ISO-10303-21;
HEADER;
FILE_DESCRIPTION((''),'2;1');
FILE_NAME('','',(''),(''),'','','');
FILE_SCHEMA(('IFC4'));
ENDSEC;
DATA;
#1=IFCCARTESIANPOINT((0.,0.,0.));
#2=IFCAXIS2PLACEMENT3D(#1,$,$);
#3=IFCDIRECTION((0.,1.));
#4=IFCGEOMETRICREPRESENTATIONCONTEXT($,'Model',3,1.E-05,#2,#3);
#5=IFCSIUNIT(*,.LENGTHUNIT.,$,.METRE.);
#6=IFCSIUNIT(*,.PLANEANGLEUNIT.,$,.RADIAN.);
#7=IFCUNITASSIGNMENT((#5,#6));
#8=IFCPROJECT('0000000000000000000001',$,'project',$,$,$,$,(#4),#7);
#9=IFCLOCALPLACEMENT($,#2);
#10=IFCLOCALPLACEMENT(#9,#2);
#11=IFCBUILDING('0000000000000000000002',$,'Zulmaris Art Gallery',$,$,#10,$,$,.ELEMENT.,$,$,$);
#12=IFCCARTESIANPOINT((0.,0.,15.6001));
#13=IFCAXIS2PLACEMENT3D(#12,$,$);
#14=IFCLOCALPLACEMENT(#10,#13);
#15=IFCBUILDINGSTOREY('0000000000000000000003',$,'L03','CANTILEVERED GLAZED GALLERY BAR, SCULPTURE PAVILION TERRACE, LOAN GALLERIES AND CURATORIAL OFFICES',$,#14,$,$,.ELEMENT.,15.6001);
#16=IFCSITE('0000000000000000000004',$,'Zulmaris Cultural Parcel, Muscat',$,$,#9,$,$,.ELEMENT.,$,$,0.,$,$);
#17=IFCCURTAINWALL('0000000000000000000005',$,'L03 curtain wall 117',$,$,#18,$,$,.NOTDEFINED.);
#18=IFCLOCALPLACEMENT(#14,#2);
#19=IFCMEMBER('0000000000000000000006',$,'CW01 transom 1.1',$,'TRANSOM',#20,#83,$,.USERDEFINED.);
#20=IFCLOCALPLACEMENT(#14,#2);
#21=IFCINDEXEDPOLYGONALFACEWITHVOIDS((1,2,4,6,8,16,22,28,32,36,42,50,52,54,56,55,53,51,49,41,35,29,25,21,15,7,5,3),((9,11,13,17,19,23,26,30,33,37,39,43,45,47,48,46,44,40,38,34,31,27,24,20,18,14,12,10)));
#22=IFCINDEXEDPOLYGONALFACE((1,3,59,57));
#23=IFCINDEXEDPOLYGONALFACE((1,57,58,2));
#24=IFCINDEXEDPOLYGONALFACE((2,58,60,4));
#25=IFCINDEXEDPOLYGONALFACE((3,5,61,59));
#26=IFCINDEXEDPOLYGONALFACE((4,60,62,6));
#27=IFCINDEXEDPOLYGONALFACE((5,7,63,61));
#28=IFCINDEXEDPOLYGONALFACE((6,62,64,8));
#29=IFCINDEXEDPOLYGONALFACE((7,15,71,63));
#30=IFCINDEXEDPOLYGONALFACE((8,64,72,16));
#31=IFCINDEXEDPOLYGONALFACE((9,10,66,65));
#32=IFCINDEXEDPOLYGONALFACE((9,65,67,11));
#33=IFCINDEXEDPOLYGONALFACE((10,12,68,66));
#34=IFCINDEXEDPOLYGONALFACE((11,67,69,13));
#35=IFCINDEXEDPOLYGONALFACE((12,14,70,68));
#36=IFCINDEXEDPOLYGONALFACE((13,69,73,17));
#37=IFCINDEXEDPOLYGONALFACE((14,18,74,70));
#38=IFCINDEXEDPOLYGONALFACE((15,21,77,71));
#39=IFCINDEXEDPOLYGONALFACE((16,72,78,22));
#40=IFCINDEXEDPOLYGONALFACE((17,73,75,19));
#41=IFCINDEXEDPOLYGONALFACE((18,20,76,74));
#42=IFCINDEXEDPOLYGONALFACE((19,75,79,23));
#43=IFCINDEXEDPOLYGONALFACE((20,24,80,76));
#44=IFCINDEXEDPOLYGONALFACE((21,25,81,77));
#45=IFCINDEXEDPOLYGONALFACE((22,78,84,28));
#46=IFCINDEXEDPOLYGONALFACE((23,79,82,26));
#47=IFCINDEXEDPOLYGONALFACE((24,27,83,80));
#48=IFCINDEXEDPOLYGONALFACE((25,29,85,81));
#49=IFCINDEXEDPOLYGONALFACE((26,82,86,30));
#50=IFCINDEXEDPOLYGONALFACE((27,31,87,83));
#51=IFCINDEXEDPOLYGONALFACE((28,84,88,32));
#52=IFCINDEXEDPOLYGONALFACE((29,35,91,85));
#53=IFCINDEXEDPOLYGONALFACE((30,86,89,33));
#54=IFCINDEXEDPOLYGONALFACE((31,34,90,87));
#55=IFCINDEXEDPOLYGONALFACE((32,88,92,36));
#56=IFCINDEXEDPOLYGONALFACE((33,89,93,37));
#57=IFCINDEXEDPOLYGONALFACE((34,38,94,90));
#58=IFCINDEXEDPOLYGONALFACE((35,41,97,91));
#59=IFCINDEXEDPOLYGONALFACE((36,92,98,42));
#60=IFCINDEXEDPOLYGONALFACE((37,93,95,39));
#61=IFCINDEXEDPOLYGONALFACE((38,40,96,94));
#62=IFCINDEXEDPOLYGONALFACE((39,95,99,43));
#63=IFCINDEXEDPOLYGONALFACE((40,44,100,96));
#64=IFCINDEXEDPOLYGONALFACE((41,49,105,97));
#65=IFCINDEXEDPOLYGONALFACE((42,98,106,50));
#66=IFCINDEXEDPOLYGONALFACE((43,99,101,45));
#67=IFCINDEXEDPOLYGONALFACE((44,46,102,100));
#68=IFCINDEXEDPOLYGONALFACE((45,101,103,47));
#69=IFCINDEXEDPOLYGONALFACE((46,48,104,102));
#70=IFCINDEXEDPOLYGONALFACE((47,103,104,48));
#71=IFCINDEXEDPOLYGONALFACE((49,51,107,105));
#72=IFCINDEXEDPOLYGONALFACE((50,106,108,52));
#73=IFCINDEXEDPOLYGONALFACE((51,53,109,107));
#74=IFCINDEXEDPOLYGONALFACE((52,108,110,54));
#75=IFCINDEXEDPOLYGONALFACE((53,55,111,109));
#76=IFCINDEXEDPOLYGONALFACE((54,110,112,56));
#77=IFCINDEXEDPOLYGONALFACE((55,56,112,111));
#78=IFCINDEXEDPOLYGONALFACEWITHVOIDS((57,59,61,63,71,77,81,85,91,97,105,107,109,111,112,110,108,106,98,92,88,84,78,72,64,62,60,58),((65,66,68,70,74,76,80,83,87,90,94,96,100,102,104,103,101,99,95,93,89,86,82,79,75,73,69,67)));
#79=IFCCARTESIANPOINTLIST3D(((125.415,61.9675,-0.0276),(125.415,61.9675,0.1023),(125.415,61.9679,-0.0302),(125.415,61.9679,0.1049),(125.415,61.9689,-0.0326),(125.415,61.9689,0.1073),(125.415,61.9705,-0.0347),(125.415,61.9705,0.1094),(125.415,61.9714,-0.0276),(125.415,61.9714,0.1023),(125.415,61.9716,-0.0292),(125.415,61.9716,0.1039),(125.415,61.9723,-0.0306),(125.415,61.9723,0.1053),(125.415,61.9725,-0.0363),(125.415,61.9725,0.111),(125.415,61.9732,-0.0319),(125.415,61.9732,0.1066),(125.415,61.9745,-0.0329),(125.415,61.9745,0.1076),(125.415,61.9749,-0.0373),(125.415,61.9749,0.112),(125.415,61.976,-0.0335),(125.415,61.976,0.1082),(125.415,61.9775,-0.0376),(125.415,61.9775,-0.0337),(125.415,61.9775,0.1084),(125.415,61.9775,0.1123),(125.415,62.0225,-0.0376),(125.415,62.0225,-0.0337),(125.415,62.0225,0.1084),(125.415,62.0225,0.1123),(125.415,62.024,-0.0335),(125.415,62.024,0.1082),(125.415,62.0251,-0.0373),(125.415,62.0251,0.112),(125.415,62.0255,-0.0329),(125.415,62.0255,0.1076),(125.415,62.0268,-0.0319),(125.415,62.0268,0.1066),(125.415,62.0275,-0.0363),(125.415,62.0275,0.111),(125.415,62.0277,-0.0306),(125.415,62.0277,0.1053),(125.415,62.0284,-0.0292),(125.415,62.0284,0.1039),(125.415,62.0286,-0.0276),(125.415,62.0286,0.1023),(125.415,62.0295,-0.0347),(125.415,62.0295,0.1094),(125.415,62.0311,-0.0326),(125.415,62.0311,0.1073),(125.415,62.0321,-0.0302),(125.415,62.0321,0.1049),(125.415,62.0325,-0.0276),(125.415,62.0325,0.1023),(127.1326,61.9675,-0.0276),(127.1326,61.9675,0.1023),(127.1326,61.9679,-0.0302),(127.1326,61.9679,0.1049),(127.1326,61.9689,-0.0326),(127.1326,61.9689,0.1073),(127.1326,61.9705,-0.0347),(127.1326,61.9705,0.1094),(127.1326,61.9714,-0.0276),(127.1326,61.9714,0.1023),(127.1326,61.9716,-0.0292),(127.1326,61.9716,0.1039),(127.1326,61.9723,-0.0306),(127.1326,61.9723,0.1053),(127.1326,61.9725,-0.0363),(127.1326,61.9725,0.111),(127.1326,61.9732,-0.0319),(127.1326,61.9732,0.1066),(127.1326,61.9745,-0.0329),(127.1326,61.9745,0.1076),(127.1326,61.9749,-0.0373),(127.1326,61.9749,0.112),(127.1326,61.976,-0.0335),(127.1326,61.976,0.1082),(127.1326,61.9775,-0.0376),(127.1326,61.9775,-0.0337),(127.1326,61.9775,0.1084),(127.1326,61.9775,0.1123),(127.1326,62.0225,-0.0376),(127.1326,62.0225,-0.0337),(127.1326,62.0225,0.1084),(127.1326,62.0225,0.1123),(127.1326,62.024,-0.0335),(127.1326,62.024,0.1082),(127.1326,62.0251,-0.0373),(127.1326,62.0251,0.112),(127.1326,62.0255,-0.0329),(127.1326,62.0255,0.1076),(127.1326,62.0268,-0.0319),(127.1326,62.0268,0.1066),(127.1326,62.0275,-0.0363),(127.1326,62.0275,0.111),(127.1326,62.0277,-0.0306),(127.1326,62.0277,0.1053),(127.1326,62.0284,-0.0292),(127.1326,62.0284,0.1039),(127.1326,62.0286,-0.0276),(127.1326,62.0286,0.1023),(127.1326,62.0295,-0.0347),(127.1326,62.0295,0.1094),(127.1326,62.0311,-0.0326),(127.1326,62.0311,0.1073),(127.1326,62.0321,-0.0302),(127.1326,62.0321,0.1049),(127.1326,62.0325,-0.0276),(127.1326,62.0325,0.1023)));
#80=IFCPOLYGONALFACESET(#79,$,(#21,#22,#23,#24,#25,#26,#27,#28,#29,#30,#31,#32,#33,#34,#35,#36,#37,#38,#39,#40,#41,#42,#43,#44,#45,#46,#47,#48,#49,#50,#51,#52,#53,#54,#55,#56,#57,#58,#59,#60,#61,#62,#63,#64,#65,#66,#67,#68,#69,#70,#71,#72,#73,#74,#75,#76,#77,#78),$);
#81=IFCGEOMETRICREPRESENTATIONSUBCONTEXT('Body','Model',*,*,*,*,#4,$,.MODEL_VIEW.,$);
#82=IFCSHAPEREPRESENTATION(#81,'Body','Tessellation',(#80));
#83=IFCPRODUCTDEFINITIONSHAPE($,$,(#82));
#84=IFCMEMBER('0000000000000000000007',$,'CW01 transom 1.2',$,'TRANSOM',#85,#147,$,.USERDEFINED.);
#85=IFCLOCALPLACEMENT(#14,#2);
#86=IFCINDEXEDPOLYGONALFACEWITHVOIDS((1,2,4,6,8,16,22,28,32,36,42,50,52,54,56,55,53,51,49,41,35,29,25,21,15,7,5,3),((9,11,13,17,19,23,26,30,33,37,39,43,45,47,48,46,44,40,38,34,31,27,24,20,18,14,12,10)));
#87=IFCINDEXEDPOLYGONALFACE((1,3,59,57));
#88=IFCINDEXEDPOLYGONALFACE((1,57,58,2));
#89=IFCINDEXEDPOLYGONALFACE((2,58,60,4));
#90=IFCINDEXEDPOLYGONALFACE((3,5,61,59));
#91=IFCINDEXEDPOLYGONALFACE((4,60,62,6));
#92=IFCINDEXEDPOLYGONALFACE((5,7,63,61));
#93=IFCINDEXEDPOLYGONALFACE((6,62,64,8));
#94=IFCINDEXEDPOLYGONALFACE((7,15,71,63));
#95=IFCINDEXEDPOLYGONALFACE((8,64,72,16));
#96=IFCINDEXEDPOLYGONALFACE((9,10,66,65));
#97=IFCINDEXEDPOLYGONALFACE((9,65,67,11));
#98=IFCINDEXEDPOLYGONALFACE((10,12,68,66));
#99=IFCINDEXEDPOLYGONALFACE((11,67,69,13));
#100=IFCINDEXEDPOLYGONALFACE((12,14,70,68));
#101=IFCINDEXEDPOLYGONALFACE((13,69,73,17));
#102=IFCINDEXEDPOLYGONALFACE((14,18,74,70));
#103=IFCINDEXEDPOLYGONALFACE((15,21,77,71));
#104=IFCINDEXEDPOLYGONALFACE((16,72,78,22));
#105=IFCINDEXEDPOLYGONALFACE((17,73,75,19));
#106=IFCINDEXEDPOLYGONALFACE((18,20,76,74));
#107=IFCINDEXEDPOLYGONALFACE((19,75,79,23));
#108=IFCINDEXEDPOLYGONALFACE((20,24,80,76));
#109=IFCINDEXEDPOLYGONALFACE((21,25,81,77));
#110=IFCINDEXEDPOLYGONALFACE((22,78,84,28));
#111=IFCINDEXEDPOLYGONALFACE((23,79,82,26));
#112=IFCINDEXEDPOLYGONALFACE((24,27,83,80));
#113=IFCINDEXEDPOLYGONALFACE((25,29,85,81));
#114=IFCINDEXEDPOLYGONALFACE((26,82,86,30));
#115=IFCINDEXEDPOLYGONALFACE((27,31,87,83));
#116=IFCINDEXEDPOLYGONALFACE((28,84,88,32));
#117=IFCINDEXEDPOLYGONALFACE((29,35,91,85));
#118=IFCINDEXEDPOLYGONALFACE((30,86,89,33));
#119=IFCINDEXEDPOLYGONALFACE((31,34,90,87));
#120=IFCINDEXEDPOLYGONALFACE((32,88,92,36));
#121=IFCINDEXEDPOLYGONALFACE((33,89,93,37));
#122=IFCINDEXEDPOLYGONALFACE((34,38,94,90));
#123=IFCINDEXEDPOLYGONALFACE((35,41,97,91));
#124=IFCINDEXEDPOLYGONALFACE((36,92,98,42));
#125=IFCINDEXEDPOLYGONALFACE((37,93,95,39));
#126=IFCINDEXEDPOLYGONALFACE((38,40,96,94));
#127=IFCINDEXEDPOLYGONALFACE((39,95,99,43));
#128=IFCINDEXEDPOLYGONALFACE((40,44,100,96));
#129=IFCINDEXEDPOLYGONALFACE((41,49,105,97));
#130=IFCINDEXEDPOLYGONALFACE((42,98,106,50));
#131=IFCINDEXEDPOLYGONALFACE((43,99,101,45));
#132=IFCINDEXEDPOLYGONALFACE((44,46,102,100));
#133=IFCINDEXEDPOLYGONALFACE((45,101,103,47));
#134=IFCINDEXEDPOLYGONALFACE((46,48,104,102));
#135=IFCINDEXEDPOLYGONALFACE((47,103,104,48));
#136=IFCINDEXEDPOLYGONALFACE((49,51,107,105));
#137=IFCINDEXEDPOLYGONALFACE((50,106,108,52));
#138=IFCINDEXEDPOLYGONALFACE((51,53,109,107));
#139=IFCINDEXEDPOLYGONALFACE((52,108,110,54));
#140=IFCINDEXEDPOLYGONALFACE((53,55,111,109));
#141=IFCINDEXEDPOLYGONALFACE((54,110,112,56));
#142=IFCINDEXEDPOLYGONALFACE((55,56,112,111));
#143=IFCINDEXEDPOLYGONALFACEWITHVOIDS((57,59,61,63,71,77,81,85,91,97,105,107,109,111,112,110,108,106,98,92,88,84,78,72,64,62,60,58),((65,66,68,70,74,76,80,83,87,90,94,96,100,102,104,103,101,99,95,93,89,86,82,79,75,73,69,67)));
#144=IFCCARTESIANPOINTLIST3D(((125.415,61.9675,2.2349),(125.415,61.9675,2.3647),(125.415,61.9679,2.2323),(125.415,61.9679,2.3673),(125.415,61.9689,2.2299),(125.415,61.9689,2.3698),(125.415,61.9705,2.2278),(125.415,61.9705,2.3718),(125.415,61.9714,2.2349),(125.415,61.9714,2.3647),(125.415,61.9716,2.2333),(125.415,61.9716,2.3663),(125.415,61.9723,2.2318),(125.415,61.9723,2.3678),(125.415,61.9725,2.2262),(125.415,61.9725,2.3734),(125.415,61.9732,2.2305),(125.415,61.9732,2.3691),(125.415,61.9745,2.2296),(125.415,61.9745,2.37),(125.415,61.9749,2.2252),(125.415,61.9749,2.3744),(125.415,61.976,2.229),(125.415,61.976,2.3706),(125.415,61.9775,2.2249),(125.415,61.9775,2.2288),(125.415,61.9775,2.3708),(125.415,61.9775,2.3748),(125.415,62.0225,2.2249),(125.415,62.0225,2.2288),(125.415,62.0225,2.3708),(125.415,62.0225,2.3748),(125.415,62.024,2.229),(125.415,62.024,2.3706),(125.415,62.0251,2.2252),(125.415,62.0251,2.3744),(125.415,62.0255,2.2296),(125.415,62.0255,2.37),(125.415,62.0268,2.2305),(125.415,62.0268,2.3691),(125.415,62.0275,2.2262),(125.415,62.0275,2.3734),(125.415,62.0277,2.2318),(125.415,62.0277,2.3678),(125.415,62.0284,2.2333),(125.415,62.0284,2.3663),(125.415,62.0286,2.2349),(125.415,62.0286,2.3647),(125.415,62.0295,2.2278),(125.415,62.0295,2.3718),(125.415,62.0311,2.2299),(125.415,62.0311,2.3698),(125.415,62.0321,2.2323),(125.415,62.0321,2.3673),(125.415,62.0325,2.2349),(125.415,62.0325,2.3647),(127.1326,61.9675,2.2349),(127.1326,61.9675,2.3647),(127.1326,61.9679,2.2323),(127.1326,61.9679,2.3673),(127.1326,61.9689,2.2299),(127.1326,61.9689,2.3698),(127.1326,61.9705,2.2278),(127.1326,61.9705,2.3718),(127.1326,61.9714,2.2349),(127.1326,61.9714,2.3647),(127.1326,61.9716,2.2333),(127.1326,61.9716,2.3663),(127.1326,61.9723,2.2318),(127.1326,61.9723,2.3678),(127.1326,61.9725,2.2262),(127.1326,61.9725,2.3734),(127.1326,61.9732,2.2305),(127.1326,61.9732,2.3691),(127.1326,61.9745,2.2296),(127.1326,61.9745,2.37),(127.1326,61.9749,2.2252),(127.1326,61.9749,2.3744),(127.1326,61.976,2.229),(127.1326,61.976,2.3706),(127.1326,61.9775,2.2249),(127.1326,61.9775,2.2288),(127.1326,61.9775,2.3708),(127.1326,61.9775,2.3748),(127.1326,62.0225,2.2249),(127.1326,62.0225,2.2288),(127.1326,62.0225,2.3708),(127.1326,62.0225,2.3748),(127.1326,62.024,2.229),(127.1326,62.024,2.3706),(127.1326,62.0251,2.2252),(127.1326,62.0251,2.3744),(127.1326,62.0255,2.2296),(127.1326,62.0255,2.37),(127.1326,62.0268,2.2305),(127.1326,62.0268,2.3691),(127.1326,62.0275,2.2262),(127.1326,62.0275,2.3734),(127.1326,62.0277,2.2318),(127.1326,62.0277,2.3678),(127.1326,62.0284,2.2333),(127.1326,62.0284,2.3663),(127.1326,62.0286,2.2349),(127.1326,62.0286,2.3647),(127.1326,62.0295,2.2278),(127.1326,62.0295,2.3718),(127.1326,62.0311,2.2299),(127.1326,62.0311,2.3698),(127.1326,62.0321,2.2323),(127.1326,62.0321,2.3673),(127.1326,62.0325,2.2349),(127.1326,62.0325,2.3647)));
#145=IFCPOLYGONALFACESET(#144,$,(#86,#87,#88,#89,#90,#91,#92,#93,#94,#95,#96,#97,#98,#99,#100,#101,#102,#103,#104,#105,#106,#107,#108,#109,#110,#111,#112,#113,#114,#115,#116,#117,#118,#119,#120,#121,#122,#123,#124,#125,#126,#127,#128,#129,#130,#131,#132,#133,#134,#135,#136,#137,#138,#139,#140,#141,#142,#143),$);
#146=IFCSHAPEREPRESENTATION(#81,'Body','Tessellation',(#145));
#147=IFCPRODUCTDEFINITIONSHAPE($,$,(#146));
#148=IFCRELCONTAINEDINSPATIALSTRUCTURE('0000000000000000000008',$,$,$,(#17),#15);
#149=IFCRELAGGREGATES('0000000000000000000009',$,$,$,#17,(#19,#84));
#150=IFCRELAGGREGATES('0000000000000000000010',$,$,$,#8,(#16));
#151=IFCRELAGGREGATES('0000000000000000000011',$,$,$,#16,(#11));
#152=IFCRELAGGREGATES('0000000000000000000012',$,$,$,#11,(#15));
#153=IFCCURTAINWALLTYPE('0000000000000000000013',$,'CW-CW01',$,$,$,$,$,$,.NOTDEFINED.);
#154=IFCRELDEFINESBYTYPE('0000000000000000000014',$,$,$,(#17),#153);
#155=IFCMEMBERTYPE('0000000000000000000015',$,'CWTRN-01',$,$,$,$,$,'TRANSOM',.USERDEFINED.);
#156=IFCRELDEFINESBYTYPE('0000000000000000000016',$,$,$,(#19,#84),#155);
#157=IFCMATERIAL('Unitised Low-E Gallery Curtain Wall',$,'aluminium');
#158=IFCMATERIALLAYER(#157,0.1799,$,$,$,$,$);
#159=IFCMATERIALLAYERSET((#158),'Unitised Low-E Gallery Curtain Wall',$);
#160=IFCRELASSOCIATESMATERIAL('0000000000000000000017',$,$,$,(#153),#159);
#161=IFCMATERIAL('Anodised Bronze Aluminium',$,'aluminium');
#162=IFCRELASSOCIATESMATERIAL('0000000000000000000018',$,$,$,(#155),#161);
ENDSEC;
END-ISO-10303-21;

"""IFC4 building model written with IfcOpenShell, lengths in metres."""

from ifc_helpers import new_model, si_unit, direction, frame, origin, origin_2d, place, context, subcontext, project, spatial, hollow_rectangle, extrude, material, layer, layer_set, material_profile, profile_set, type_object, element, aggregate, save


model = new_model("IFC4")

# Units and contexts
model_context = context("Model", 3, precision=1e-05, world=origin(), true_north=direction((0.0, 1.0)))
body_context = subcontext(model_context, "Body", "Model", "MODEL_VIEW")
ifc_project = project(units=[si_unit("LENGTHUNIT", "METRE"), si_unit("PLANEANGLEUNIT", "RADIAN")], contexts=[model_context])

# Site, building, storey
site_placement = place(None, origin())
site = spatial("IfcSite", under=ifc_project, at=site_placement, Name="Zulmaris Cultural Parcel, Muscat", CompositionType="ELEMENT", RefElevation=0.0)
building_placement = place(site_placement, origin())
building = spatial("IfcBuilding", under=site, at=building_placement, Name="Zulmaris Art Gallery", CompositionType="ELEMENT")
storey_placement = place(building_placement, frame((0.0, 0.0, 15.6001)))
storey = spatial("IfcBuildingStorey", under=building, at=storey_placement, Name="L03", Description="CANTILEVERED GLAZED GALLERY BAR, SCULPTURE PAVILION TERRACE, LOAN GALLERIES AND CURATORIAL OFFICES", CompositionType="ELEMENT", Elevation=15.6001)

# Curtain wall
ifc_material_1 = material(Name="Unitised Low-E Gallery Curtain Wall", Category="aluminium")
ifc_layer_1 = layer(ifc_material_1, 0.1799)
ifc_layer_set_1 = layer_set([ifc_layer_1], Name="Unitised Low-E Gallery Curtain Wall")
curtain_wall_type = type_object("IfcCurtainWallType", Name="CW-CW01", PredefinedType="NOTDEFINED", material=ifc_layer_set_1)
ifc_material_2 = material(Name="Anodised Bronze Aluminium", Category="aluminium")
curtain_wall_1_placement = place(storey_placement, origin())
curtain_wall_1 = element("IfcCurtainWall", 1, at=curtain_wall_1_placement, inside=storey, type_object=curtain_wall_type, Name="L03 curtain wall 117", PredefinedType="NOTDEFINED")

# Members
ifc_material_profile_1 = material_profile(ifc_material_2, hollow_rectangle(XDim=0.0649, YDim=0.1499, WallThickness=0.0039, InnerFilletRadius=0.0061, OuterFilletRadius=0.01, at=origin_2d()), Name="ALU 65x150x4")
ifc_profile_set_1 = profile_set([ifc_material_profile_1], Name="Anodised Bronze Aluminium")
member_type_1 = type_object("IfcMemberType", Name="CWTRN-01", ElementType="TRANSOM", PredefinedType="USERDEFINED", material=ifc_profile_set_1)
member_1_placement = place(storey_placement, frame((125.415, 62.0, 0.0374), z_axis=(1.0, 0.0, 0.0), x_axis=(0.0, 1.0, 0.0)))
member_1 = element("IfcMember", 2, at=member_1_placement, type_object=member_type_1, Name="CW01 transom 1.1", ObjectType="TRANSOM", PredefinedType="USERDEFINED", context=body_context, shape_type="SweptSolid", body=[
    extrude(hollow_rectangle(XDim=0.0649, YDim=0.1499, WallThickness=0.0039, InnerFilletRadius=0.0061, OuterFilletRadius=0.01, at=origin_2d()), origin(), (0.0, 0.0, 1.0), 1.7175),
])
member_2_placement = place(storey_placement, frame((125.415, 62.0, 2.2998), z_axis=(1.0, 0.0, 0.0), x_axis=(0.0, 1.0, 0.0)))
member_2 = element("IfcMember", 3, at=member_2_placement, type_object=member_type_1, Name="CW01 transom 1.2", ObjectType="TRANSOM", PredefinedType="USERDEFINED", context=body_context, shape_type="SweptSolid", body=[
    extrude(hollow_rectangle(XDim=0.0649, YDim=0.1499, WallThickness=0.0039, InnerFilletRadius=0.0061, OuterFilletRadius=0.01, at=origin_2d()), origin(), (0.0, 0.0, 1.0), 1.7175),
])

aggregate(curtain_wall_1, [member_1, member_2])

save(model, "model.ifc")
